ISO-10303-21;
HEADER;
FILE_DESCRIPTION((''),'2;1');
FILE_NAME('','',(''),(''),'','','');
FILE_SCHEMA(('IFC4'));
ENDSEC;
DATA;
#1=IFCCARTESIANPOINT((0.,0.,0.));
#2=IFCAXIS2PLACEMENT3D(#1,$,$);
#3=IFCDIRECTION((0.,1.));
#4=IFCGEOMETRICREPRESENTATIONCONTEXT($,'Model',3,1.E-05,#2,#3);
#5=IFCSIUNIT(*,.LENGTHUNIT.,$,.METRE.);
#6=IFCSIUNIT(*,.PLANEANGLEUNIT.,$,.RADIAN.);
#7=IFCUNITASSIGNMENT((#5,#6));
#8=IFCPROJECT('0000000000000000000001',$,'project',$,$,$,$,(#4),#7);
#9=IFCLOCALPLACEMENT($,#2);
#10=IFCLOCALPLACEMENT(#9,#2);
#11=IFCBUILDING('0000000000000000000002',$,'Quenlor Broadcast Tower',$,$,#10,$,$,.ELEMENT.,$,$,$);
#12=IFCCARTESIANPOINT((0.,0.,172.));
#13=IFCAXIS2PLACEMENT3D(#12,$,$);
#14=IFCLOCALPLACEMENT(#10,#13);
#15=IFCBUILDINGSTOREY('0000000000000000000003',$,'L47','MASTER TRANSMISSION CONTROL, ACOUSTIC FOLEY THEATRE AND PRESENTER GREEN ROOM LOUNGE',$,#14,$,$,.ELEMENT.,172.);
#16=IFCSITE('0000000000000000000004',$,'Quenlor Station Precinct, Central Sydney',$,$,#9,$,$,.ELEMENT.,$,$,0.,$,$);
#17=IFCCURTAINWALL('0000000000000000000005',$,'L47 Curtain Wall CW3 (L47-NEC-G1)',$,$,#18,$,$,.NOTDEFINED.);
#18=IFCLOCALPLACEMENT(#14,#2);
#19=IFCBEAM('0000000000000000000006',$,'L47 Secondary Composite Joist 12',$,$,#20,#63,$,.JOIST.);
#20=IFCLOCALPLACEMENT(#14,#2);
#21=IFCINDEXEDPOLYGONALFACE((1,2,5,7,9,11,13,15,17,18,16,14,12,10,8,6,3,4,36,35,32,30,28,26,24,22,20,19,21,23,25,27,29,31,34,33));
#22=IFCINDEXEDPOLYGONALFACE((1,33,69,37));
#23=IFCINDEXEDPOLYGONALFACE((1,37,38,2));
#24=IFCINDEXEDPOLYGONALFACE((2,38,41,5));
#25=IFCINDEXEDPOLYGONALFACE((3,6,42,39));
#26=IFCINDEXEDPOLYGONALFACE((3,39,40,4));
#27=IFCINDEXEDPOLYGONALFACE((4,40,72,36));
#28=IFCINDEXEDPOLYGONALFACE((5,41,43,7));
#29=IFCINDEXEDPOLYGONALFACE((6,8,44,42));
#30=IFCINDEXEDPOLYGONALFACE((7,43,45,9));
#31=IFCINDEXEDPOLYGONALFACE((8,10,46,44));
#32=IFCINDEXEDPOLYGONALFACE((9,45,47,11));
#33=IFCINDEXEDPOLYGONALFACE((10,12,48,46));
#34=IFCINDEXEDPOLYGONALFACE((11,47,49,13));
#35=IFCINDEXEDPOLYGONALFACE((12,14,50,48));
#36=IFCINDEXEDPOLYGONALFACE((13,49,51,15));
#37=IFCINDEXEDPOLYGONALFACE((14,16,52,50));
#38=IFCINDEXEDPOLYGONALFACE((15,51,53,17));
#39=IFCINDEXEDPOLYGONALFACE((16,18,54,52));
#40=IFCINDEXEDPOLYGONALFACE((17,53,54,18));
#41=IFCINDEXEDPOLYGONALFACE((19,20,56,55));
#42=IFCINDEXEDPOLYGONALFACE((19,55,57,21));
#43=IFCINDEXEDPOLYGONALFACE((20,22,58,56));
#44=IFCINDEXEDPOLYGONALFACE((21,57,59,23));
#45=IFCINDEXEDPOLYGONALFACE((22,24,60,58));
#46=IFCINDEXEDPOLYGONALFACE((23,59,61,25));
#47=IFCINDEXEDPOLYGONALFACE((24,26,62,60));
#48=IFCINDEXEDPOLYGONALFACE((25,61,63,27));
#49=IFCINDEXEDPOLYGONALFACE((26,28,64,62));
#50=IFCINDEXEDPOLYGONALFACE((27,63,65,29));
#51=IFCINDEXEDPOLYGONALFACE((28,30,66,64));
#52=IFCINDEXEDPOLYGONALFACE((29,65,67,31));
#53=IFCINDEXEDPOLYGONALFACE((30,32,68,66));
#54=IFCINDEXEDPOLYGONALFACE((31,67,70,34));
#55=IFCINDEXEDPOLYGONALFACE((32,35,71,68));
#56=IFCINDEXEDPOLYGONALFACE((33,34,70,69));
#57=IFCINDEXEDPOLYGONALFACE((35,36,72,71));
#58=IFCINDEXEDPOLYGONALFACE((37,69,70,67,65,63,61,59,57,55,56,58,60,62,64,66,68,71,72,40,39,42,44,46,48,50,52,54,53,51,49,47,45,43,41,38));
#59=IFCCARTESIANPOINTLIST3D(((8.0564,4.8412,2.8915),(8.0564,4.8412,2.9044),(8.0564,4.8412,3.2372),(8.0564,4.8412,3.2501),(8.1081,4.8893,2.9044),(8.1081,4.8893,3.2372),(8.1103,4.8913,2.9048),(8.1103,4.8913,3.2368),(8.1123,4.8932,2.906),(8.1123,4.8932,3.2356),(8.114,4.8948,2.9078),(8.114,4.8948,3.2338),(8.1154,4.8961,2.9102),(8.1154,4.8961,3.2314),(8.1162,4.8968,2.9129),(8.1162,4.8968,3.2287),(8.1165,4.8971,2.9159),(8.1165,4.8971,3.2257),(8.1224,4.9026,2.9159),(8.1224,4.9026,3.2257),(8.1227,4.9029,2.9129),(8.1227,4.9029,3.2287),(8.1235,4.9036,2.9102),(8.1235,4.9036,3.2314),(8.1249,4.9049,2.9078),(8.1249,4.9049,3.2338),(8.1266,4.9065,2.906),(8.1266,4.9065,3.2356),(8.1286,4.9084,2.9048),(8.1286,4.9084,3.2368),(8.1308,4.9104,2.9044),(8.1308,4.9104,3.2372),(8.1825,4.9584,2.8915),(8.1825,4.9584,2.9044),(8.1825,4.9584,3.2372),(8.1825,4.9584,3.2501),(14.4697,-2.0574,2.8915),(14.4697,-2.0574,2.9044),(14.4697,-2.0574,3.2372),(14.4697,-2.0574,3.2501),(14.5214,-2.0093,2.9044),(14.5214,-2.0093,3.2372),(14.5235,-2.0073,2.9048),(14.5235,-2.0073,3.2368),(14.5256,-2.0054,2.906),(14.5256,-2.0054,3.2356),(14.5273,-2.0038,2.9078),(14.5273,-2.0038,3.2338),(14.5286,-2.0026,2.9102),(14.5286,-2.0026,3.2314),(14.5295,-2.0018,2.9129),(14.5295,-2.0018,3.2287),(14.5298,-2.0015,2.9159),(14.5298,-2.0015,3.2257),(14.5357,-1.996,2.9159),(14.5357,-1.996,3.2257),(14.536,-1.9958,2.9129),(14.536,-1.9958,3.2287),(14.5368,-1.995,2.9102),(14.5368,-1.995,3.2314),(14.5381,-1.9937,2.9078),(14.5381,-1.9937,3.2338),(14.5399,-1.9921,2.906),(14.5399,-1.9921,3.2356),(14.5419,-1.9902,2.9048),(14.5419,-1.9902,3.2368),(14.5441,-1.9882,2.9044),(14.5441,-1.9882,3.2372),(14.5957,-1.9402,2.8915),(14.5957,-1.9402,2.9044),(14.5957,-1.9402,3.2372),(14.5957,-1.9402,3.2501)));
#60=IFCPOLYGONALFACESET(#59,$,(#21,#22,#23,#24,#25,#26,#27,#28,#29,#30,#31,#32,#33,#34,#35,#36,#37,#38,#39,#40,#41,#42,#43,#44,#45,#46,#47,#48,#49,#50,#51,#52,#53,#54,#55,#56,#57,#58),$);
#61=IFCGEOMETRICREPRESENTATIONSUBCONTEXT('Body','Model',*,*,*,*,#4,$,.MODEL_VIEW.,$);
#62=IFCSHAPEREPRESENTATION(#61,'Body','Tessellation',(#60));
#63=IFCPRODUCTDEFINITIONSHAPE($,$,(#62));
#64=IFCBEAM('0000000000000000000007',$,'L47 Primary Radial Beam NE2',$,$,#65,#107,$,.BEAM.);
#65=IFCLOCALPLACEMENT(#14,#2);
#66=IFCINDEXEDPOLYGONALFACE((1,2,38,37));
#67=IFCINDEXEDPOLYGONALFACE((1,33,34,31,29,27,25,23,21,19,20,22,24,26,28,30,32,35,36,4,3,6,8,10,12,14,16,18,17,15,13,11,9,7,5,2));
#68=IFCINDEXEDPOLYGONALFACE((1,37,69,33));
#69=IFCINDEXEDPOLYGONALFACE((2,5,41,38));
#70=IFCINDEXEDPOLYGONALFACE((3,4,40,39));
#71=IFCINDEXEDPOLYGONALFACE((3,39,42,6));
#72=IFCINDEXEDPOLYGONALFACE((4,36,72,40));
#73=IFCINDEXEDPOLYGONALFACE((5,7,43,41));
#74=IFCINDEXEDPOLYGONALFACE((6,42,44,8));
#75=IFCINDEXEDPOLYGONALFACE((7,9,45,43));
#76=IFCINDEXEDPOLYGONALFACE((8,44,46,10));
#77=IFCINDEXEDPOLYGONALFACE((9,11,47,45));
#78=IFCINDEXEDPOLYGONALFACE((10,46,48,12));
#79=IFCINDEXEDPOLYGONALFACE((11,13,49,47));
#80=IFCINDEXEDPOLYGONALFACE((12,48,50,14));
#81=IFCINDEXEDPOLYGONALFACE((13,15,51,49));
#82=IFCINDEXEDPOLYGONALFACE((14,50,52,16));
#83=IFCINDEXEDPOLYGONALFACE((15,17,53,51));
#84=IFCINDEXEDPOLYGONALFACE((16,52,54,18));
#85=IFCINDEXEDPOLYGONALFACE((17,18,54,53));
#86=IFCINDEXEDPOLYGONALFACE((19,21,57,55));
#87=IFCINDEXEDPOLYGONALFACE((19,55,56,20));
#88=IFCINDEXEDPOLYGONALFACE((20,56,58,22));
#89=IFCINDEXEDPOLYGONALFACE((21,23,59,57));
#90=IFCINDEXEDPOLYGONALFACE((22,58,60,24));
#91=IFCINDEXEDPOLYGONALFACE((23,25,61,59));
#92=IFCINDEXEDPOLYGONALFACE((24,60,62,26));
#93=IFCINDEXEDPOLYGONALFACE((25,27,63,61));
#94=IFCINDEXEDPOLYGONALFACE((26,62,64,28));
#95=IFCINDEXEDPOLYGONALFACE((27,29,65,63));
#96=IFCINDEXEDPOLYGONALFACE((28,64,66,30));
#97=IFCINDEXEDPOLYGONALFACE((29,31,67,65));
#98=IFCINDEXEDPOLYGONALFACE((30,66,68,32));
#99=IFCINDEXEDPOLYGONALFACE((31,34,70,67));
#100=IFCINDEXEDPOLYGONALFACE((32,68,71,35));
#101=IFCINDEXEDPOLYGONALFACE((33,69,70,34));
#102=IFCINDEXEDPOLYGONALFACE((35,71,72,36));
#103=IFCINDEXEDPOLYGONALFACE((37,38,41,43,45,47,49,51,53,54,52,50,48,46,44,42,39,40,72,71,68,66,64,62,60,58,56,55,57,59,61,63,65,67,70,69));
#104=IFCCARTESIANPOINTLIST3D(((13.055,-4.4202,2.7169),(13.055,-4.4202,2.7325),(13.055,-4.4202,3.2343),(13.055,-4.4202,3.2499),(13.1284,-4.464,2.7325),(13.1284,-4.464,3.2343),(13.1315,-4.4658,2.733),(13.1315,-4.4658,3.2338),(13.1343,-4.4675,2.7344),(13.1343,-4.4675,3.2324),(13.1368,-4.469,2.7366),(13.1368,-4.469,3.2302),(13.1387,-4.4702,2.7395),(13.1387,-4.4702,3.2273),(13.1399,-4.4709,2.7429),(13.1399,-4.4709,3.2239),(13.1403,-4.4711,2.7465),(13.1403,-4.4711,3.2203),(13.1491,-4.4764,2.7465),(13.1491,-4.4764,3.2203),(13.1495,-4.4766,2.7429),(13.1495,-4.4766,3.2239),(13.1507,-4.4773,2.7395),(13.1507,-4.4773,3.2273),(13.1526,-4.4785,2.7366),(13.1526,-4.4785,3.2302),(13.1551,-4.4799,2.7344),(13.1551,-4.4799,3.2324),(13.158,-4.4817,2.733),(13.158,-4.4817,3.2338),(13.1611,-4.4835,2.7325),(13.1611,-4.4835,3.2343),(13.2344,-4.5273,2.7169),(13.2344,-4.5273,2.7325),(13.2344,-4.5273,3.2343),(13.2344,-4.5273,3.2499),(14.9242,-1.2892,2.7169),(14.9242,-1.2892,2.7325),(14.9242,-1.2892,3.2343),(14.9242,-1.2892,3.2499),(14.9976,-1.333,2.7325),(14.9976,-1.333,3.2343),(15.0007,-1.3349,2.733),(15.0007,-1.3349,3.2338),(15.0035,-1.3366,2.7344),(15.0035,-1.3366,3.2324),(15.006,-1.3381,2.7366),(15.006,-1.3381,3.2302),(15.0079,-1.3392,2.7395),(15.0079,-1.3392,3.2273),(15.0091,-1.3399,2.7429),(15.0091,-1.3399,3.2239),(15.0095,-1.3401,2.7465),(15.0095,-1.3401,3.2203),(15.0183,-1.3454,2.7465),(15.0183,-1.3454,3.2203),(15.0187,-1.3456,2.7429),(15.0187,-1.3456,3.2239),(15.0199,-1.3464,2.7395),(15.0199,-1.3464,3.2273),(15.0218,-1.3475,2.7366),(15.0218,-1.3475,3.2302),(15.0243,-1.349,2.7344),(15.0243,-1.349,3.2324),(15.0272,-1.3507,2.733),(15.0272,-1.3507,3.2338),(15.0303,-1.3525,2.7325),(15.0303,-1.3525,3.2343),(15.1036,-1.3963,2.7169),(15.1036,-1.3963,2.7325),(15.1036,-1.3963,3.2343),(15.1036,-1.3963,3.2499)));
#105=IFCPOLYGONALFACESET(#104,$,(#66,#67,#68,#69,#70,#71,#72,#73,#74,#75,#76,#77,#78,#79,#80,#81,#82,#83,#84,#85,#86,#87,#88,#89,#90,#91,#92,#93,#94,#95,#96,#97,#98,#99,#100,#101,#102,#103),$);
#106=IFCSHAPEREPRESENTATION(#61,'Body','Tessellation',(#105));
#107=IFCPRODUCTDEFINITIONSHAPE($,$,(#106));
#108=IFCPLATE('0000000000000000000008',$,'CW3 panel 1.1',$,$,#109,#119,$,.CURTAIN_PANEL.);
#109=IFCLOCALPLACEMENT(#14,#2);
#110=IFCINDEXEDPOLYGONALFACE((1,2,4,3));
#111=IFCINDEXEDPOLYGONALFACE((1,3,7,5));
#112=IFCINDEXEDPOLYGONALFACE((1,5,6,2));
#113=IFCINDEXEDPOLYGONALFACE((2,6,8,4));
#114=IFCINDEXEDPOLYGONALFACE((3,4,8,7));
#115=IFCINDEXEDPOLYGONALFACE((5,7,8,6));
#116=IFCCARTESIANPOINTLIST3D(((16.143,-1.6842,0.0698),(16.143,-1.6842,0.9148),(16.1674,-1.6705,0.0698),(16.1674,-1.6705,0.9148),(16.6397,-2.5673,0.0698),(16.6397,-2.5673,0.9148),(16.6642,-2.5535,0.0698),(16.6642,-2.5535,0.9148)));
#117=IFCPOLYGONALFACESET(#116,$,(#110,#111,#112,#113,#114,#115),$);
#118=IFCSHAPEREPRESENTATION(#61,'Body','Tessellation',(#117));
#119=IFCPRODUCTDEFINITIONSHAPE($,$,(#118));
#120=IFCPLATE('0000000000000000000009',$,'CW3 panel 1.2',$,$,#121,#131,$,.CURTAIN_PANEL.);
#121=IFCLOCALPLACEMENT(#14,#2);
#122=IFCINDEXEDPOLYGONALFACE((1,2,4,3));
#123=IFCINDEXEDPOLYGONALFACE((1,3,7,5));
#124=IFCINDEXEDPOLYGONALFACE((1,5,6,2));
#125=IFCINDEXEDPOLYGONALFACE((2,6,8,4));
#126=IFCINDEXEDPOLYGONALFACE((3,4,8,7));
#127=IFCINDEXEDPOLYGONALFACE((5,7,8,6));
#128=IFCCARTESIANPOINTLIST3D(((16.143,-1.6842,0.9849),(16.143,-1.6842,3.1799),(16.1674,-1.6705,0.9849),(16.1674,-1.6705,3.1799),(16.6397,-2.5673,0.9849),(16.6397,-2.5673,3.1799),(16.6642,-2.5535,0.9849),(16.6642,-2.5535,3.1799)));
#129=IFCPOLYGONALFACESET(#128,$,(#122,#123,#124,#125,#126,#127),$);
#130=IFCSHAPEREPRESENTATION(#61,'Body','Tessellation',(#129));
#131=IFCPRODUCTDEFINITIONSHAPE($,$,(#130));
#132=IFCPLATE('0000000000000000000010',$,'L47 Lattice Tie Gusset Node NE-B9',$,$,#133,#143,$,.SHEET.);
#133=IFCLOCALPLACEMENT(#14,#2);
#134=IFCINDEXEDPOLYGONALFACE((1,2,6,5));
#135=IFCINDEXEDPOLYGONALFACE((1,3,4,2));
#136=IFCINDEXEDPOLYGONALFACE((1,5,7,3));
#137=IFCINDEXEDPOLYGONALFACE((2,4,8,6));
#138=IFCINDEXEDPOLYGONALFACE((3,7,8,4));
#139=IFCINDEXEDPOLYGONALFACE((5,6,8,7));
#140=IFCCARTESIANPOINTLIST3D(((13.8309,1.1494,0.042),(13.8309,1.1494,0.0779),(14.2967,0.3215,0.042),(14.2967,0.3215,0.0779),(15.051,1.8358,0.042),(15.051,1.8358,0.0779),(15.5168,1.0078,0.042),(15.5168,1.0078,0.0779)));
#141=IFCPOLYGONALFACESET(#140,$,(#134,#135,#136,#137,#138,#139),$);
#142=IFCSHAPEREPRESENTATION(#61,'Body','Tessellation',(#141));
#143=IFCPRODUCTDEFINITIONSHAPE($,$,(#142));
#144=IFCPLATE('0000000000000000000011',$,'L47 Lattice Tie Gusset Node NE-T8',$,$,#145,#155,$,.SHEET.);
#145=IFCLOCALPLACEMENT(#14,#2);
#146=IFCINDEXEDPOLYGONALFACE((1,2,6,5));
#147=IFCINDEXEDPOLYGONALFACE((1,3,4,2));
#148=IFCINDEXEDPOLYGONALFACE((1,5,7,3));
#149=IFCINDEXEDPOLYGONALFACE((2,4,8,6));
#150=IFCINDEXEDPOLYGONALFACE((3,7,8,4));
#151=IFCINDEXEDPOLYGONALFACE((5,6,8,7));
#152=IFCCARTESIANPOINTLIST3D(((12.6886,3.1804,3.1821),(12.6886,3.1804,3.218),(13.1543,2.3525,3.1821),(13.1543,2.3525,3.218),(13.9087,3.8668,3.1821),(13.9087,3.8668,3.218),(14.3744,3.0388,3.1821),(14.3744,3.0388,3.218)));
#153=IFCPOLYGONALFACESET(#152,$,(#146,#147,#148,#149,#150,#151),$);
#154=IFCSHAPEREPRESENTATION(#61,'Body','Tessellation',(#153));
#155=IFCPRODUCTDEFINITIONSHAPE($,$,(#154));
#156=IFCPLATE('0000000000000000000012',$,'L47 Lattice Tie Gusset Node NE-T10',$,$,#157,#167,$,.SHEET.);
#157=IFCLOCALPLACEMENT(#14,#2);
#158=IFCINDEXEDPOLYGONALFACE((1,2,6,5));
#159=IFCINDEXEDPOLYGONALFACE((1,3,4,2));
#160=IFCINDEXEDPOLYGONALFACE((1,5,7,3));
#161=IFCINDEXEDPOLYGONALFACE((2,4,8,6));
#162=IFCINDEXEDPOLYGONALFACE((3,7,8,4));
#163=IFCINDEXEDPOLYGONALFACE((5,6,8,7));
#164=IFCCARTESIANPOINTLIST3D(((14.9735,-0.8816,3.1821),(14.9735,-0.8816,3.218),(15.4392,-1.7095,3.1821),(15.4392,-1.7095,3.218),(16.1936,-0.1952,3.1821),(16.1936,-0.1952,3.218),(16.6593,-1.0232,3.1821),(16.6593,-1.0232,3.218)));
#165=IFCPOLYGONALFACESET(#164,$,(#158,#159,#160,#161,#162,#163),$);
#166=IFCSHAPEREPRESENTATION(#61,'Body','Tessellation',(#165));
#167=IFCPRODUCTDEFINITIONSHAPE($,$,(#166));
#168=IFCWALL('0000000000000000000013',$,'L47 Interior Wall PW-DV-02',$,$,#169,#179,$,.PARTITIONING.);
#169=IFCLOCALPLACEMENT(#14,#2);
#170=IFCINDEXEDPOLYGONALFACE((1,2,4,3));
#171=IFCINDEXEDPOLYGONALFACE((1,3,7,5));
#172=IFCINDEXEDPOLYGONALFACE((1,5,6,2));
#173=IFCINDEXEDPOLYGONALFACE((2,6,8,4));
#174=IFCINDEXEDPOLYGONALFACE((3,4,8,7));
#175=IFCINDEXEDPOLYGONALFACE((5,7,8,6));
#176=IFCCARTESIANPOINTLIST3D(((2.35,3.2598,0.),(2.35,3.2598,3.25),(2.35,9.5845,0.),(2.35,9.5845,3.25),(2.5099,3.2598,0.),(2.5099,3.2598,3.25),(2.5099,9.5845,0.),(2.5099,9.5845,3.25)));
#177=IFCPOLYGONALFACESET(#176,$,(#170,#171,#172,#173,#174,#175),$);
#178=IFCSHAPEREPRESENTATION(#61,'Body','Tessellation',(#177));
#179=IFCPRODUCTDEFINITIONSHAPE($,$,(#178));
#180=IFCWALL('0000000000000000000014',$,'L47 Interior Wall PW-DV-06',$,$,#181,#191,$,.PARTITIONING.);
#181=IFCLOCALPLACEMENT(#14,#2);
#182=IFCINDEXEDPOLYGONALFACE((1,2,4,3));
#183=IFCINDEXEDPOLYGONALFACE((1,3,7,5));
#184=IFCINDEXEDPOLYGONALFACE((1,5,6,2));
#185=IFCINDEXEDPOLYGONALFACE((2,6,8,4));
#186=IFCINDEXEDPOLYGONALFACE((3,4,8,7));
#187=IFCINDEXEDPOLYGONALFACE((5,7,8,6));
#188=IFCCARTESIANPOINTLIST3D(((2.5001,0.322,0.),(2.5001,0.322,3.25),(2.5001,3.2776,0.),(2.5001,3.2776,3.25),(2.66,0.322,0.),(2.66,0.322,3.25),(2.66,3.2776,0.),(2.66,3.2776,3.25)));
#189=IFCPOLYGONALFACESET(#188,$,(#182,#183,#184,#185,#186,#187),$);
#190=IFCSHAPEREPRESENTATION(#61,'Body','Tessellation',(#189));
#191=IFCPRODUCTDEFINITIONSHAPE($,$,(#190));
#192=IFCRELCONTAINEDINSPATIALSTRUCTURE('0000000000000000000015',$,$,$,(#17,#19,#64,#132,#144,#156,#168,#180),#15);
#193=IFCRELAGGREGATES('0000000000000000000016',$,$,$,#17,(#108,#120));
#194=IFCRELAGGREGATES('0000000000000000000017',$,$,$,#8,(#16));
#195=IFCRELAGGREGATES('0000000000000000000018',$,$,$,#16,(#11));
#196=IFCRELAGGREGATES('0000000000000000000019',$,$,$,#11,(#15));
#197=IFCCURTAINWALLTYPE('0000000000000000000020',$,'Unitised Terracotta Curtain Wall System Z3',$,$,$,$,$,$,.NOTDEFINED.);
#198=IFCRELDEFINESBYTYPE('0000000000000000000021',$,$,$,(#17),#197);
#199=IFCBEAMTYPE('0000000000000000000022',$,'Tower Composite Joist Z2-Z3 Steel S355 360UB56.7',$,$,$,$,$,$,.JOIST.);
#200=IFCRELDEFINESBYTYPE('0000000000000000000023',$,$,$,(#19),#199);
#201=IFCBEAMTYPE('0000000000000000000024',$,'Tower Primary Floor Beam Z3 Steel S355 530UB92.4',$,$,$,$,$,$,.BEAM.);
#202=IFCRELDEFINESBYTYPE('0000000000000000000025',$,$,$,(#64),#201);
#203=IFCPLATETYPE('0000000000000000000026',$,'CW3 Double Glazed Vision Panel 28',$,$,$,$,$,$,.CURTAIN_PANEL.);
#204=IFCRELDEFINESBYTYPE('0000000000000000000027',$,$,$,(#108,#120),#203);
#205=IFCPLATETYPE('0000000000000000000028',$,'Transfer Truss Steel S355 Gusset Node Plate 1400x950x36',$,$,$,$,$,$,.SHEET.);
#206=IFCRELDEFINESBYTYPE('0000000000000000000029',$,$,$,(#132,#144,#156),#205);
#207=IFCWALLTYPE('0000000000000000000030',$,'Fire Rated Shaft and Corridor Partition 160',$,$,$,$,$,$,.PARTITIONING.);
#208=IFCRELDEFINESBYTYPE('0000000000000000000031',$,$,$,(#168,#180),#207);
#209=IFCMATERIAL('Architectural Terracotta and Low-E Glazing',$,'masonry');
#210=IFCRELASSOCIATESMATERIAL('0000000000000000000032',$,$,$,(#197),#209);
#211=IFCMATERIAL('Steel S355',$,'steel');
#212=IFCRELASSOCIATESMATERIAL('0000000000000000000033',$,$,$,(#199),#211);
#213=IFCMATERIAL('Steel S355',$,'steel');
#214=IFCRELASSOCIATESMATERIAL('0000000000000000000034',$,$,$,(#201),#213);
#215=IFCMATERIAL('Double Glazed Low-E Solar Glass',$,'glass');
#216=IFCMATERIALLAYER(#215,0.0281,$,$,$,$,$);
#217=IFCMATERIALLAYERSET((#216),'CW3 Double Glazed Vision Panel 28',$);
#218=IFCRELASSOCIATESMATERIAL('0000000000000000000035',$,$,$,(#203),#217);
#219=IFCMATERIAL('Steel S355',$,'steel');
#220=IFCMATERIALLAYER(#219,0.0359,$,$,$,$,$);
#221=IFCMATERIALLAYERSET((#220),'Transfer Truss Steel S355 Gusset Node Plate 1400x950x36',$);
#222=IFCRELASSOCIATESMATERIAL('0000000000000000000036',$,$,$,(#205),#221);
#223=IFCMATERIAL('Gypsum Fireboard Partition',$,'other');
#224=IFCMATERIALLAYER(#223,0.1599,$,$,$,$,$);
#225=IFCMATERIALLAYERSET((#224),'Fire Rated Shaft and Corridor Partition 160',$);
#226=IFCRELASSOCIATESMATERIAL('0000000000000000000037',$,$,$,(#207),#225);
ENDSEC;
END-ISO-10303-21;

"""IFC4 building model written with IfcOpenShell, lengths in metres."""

from ifc_helpers import new_model, si_unit, direction, frame, frame_2d, origin, origin_2d, place, context, subcontext, project, spatial, rectangle, i_section, extrude, material, layer, layer_set, material_profile, profile_set, type_object, element, aggregate, save


model = new_model("IFC4")

# Units and contexts
model_context = context("Model", 3, precision=1e-05, world=origin(), true_north=direction((0.0, 1.0)))
body_context = subcontext(model_context, "Body", "Model", "MODEL_VIEW")
ifc_project = project(units=[si_unit("LENGTHUNIT", "METRE"), si_unit("PLANEANGLEUNIT", "RADIAN")], contexts=[model_context])

# Site, building, storey
site_placement = place(None, origin())
site = spatial("IfcSite", under=ifc_project, at=site_placement, Name="Quenlor Station Precinct, Central Sydney", CompositionType="ELEMENT", RefElevation=0.0)
building_placement = place(site_placement, origin())
building = spatial("IfcBuilding", under=site, at=building_placement, Name="Quenlor Broadcast Tower", CompositionType="ELEMENT")
storey_placement = place(building_placement, frame((0.0, 0.0, 172.0)))
storey = spatial("IfcBuildingStorey", under=building, at=storey_placement, Name="L47", Description="MASTER TRANSMISSION CONTROL, ACOUSTIC FOLEY THEATRE AND PRESENTER GREEN ROOM LOUNGE", CompositionType="ELEMENT", Elevation=172.0)

# Curtain wall
ifc_material_1 = material(Name="Architectural Terracotta and Low-E Glazing", Category="masonry")
curtain_wall_type = type_object("IfcCurtainWallType", Name="Unitised Terracotta Curtain Wall System Z3", PredefinedType="NOTDEFINED", material=ifc_material_1)
curtain_wall_placement = place(storey_placement, origin())
curtain_wall = element("IfcCurtainWall", 1, at=curtain_wall_placement, inside=storey, type_object=curtain_wall_type, Name="L47 Curtain Wall CW3 (L47-NEC-G1)", PredefinedType="NOTDEFINED")

# Beams
ifc_material_2 = material(Name="Steel S355", Category="steel")
ifc_material_profile_1 = material_profile(ifc_material_2, i_section(OverallWidth=0.1721, OverallDepth=0.3586, WebThickness=0.0081, FlangeThickness=0.0129, FilletRadius=0.0115, at=origin_2d()))
ifc_profile_set_1 = profile_set([ifc_material_profile_1], Name="Steel S355 360UB56.7")
beam_type_1 = type_object("IfcBeamType", Name="Tower Composite Joist Z2-Z3 Steel S355 360UB56.7", PredefinedType="JOIST", material=ifc_profile_set_1)
beam_1_placement = place(storey_placement, frame((14.5327, -1.9988, 3.0708), z_axis=(-0.680874, 0.732401, 0.0), x_axis=(-0.732401, -0.680874, 0.0)))
element("IfcBeam", 2, at=beam_1_placement, inside=storey, type_object=beam_type_1, Name="L47 Secondary Composite Joist 12", PredefinedType="JOIST", context=body_context, shape_type="SweptSolid", body=[
    extrude(i_section(OverallWidth=0.1721, OverallDepth=0.3586, WebThickness=0.0081, FlangeThickness=0.0129, FilletRadius=0.0115, at=origin_2d()), origin(), (0.0, 0.0, 1.0), 9.4192),
])
ifc_material_3 = material(Name="Steel S355", Category="steel")
ifc_material_profile_2 = material_profile(ifc_material_3, i_section(OverallWidth=0.209, OverallDepth=0.533, WebThickness=0.0103, FlangeThickness=0.0156, FilletRadius=0.0139, at=origin_2d()))
ifc_profile_set_2 = profile_set([ifc_material_profile_2], Name="Steel S355 530UB92.4")
beam_type_2 = type_object("IfcBeamType", Name="Tower Primary Floor Beam Z3 Steel S355 530UB92.4", PredefinedType="BEAM", material=ifc_profile_set_2)
beam_2_placement = place(storey_placement, frame((15.0139, -1.3428, 2.9834), z_axis=(-0.512604, -0.858625, 0.0), x_axis=(0.858625, -0.512604, 0.0)))
element("IfcBeam", 3, at=beam_2_placement, inside=storey, type_object=beam_type_2, Name="L47 Primary Radial Beam NE2", PredefinedType="BEAM", context=body_context, shape_type="SweptSolid", body=[
    extrude(i_section(OverallWidth=0.209, OverallDepth=0.533, WebThickness=0.0103, FlangeThickness=0.0156, FilletRadius=0.0139, at=origin_2d()), origin(), (0.0, 0.0, 1.0), 3.6465),
])

# Plates
ifc_material_4 = material(Name="Double Glazed Low-E Solar Glass", Category="glass")
ifc_layer_1 = layer(ifc_material_4, 0.0281)
ifc_layer_set_1 = layer_set([ifc_layer_1], Name="CW3 Double Glazed Vision Panel 28")
plate_type_1 = type_object("IfcPlateType", Name="CW3 Double Glazed Vision Panel 28", PredefinedType="CURTAIN_PANEL", material=ifc_layer_set_1)
plate_1_placement = place(storey_placement, frame((16.4036, -2.1189, 0.0698), z_axis=(0.0, 0.0, 1.0), x_axis=(0.490253, -0.87158, 0.0)))
plate_1 = element("IfcPlate", 4, at=plate_1_placement, type_object=plate_type_1, Name="CW3 panel 1.1", PredefinedType="CURTAIN_PANEL", context=body_context, shape_type="SweptSolid", body=[
    extrude(rectangle(XDim=1.0132, YDim=0.0281, at=origin_2d()), origin(), (0.0, 0.0, 1.0), 0.845),
])
plate_2_placement = place(storey_placement, frame((16.4036, -2.1189, 0.9849), z_axis=(0.0, 0.0, 1.0), x_axis=(0.490253, -0.87158, 0.0)))
plate_2 = element("IfcPlate", 5, at=plate_2_placement, type_object=plate_type_1, Name="CW3 panel 1.2", PredefinedType="CURTAIN_PANEL", context=body_context, shape_type="SweptSolid", body=[
    extrude(rectangle(XDim=1.0132, YDim=0.0281, at=origin_2d()), origin(), (0.0, 0.0, 1.0), 2.1951),
])
aggregate(curtain_wall, [plate_1, plate_2])

# Plates
ifc_material_5 = material(Name="Steel S355", Category="steel")
ifc_layer_2 = layer(ifc_material_5, 0.0359)
ifc_layer_set_2 = layer_set([ifc_layer_2], Name="Transfer Truss Steel S355 Gusset Node Plate 1400x950x36")
plate_type_2 = type_object("IfcPlateType", Name="Transfer Truss Steel S355 Gusset Node Plate 1400x950x36", PredefinedType="SHEET", material=ifc_layer_set_2)
for number, where, z_axis, x_axis, name in (
    (6, (14.6738, 1.0786, 0.042), (0.0, 0.0, 1.0), (0.871556, 0.490295, 0.0), "L47 Lattice Tie Gusset Node NE-B9"),
    (7, (13.5315, 3.1096, 3.1821), (0.0, 0.0, 1.0), (0.871556, 0.490295, 0.0), "L47 Lattice Tie Gusset Node NE-T8"),
    (8, (15.8164, -0.9524, 3.1821), (0.0, 0.0, 1.0), (0.871556, 0.490295, 0.0), "L47 Lattice Tie Gusset Node NE-T10"),
):
    element("IfcPlate", number, at=place(storey_placement, frame(where, z_axis=z_axis, x_axis=x_axis)), inside=storey, type_object=plate_type_2, Name=name, PredefinedType="SHEET", context=body_context, shape_type="SweptSolid", body=[
        extrude(rectangle(XDim=1.3999, YDim=0.95, at=origin_2d()), origin(), (0.0, 0.0, 1.0), 0.0359),
    ])

# Walls
ifc_material_6 = material(Name="Gypsum Fireboard Partition", Category="other")
ifc_layer_3 = layer(ifc_material_6, 0.1599)
ifc_layer_set_3 = layer_set([ifc_layer_3], Name="Fire Rated Shaft and Corridor Partition 160")
wall_type_1 = type_object("IfcWallType", Name="Fire Rated Shaft and Corridor Partition 160", PredefinedType="PARTITIONING", material=ifc_layer_set_3)
wall_1_placement = place(storey_placement, frame((2.4299, 3.2598, 0.0), z_axis=(0.0, 0.0, 1.0), x_axis=(0.0, 1.0, 0.0)))
element("IfcWall", 9, at=wall_1_placement, inside=storey, type_object=wall_type_1, Name="L47 Interior Wall PW-DV-02", PredefinedType="PARTITIONING", context=body_context, shape_type="SweptSolid", body=[
    extrude(rectangle(XDim=6.3247, YDim=0.1599, at=frame_2d((3.1624, 0.0))), origin(), (0.0, 0.0, 1.0), 3.25),
])
wall_2_placement = place(storey_placement, frame((2.5801, 3.2776, 0.0), z_axis=(0.0, 0.0, 1.0), x_axis=(0.0, -1.0, 0.0)))
element("IfcWall", 10, at=wall_2_placement, inside=storey, type_object=wall_type_1, Name="L47 Interior Wall PW-DV-06", PredefinedType="PARTITIONING", context=body_context, shape_type="SweptSolid", body=[
    extrude(rectangle(XDim=2.9556, YDim=0.1599, at=frame_2d((1.4778, 0.0))), origin(), (0.0, 0.0, 1.0), 3.25),
])

save(model, "model.ifc")
